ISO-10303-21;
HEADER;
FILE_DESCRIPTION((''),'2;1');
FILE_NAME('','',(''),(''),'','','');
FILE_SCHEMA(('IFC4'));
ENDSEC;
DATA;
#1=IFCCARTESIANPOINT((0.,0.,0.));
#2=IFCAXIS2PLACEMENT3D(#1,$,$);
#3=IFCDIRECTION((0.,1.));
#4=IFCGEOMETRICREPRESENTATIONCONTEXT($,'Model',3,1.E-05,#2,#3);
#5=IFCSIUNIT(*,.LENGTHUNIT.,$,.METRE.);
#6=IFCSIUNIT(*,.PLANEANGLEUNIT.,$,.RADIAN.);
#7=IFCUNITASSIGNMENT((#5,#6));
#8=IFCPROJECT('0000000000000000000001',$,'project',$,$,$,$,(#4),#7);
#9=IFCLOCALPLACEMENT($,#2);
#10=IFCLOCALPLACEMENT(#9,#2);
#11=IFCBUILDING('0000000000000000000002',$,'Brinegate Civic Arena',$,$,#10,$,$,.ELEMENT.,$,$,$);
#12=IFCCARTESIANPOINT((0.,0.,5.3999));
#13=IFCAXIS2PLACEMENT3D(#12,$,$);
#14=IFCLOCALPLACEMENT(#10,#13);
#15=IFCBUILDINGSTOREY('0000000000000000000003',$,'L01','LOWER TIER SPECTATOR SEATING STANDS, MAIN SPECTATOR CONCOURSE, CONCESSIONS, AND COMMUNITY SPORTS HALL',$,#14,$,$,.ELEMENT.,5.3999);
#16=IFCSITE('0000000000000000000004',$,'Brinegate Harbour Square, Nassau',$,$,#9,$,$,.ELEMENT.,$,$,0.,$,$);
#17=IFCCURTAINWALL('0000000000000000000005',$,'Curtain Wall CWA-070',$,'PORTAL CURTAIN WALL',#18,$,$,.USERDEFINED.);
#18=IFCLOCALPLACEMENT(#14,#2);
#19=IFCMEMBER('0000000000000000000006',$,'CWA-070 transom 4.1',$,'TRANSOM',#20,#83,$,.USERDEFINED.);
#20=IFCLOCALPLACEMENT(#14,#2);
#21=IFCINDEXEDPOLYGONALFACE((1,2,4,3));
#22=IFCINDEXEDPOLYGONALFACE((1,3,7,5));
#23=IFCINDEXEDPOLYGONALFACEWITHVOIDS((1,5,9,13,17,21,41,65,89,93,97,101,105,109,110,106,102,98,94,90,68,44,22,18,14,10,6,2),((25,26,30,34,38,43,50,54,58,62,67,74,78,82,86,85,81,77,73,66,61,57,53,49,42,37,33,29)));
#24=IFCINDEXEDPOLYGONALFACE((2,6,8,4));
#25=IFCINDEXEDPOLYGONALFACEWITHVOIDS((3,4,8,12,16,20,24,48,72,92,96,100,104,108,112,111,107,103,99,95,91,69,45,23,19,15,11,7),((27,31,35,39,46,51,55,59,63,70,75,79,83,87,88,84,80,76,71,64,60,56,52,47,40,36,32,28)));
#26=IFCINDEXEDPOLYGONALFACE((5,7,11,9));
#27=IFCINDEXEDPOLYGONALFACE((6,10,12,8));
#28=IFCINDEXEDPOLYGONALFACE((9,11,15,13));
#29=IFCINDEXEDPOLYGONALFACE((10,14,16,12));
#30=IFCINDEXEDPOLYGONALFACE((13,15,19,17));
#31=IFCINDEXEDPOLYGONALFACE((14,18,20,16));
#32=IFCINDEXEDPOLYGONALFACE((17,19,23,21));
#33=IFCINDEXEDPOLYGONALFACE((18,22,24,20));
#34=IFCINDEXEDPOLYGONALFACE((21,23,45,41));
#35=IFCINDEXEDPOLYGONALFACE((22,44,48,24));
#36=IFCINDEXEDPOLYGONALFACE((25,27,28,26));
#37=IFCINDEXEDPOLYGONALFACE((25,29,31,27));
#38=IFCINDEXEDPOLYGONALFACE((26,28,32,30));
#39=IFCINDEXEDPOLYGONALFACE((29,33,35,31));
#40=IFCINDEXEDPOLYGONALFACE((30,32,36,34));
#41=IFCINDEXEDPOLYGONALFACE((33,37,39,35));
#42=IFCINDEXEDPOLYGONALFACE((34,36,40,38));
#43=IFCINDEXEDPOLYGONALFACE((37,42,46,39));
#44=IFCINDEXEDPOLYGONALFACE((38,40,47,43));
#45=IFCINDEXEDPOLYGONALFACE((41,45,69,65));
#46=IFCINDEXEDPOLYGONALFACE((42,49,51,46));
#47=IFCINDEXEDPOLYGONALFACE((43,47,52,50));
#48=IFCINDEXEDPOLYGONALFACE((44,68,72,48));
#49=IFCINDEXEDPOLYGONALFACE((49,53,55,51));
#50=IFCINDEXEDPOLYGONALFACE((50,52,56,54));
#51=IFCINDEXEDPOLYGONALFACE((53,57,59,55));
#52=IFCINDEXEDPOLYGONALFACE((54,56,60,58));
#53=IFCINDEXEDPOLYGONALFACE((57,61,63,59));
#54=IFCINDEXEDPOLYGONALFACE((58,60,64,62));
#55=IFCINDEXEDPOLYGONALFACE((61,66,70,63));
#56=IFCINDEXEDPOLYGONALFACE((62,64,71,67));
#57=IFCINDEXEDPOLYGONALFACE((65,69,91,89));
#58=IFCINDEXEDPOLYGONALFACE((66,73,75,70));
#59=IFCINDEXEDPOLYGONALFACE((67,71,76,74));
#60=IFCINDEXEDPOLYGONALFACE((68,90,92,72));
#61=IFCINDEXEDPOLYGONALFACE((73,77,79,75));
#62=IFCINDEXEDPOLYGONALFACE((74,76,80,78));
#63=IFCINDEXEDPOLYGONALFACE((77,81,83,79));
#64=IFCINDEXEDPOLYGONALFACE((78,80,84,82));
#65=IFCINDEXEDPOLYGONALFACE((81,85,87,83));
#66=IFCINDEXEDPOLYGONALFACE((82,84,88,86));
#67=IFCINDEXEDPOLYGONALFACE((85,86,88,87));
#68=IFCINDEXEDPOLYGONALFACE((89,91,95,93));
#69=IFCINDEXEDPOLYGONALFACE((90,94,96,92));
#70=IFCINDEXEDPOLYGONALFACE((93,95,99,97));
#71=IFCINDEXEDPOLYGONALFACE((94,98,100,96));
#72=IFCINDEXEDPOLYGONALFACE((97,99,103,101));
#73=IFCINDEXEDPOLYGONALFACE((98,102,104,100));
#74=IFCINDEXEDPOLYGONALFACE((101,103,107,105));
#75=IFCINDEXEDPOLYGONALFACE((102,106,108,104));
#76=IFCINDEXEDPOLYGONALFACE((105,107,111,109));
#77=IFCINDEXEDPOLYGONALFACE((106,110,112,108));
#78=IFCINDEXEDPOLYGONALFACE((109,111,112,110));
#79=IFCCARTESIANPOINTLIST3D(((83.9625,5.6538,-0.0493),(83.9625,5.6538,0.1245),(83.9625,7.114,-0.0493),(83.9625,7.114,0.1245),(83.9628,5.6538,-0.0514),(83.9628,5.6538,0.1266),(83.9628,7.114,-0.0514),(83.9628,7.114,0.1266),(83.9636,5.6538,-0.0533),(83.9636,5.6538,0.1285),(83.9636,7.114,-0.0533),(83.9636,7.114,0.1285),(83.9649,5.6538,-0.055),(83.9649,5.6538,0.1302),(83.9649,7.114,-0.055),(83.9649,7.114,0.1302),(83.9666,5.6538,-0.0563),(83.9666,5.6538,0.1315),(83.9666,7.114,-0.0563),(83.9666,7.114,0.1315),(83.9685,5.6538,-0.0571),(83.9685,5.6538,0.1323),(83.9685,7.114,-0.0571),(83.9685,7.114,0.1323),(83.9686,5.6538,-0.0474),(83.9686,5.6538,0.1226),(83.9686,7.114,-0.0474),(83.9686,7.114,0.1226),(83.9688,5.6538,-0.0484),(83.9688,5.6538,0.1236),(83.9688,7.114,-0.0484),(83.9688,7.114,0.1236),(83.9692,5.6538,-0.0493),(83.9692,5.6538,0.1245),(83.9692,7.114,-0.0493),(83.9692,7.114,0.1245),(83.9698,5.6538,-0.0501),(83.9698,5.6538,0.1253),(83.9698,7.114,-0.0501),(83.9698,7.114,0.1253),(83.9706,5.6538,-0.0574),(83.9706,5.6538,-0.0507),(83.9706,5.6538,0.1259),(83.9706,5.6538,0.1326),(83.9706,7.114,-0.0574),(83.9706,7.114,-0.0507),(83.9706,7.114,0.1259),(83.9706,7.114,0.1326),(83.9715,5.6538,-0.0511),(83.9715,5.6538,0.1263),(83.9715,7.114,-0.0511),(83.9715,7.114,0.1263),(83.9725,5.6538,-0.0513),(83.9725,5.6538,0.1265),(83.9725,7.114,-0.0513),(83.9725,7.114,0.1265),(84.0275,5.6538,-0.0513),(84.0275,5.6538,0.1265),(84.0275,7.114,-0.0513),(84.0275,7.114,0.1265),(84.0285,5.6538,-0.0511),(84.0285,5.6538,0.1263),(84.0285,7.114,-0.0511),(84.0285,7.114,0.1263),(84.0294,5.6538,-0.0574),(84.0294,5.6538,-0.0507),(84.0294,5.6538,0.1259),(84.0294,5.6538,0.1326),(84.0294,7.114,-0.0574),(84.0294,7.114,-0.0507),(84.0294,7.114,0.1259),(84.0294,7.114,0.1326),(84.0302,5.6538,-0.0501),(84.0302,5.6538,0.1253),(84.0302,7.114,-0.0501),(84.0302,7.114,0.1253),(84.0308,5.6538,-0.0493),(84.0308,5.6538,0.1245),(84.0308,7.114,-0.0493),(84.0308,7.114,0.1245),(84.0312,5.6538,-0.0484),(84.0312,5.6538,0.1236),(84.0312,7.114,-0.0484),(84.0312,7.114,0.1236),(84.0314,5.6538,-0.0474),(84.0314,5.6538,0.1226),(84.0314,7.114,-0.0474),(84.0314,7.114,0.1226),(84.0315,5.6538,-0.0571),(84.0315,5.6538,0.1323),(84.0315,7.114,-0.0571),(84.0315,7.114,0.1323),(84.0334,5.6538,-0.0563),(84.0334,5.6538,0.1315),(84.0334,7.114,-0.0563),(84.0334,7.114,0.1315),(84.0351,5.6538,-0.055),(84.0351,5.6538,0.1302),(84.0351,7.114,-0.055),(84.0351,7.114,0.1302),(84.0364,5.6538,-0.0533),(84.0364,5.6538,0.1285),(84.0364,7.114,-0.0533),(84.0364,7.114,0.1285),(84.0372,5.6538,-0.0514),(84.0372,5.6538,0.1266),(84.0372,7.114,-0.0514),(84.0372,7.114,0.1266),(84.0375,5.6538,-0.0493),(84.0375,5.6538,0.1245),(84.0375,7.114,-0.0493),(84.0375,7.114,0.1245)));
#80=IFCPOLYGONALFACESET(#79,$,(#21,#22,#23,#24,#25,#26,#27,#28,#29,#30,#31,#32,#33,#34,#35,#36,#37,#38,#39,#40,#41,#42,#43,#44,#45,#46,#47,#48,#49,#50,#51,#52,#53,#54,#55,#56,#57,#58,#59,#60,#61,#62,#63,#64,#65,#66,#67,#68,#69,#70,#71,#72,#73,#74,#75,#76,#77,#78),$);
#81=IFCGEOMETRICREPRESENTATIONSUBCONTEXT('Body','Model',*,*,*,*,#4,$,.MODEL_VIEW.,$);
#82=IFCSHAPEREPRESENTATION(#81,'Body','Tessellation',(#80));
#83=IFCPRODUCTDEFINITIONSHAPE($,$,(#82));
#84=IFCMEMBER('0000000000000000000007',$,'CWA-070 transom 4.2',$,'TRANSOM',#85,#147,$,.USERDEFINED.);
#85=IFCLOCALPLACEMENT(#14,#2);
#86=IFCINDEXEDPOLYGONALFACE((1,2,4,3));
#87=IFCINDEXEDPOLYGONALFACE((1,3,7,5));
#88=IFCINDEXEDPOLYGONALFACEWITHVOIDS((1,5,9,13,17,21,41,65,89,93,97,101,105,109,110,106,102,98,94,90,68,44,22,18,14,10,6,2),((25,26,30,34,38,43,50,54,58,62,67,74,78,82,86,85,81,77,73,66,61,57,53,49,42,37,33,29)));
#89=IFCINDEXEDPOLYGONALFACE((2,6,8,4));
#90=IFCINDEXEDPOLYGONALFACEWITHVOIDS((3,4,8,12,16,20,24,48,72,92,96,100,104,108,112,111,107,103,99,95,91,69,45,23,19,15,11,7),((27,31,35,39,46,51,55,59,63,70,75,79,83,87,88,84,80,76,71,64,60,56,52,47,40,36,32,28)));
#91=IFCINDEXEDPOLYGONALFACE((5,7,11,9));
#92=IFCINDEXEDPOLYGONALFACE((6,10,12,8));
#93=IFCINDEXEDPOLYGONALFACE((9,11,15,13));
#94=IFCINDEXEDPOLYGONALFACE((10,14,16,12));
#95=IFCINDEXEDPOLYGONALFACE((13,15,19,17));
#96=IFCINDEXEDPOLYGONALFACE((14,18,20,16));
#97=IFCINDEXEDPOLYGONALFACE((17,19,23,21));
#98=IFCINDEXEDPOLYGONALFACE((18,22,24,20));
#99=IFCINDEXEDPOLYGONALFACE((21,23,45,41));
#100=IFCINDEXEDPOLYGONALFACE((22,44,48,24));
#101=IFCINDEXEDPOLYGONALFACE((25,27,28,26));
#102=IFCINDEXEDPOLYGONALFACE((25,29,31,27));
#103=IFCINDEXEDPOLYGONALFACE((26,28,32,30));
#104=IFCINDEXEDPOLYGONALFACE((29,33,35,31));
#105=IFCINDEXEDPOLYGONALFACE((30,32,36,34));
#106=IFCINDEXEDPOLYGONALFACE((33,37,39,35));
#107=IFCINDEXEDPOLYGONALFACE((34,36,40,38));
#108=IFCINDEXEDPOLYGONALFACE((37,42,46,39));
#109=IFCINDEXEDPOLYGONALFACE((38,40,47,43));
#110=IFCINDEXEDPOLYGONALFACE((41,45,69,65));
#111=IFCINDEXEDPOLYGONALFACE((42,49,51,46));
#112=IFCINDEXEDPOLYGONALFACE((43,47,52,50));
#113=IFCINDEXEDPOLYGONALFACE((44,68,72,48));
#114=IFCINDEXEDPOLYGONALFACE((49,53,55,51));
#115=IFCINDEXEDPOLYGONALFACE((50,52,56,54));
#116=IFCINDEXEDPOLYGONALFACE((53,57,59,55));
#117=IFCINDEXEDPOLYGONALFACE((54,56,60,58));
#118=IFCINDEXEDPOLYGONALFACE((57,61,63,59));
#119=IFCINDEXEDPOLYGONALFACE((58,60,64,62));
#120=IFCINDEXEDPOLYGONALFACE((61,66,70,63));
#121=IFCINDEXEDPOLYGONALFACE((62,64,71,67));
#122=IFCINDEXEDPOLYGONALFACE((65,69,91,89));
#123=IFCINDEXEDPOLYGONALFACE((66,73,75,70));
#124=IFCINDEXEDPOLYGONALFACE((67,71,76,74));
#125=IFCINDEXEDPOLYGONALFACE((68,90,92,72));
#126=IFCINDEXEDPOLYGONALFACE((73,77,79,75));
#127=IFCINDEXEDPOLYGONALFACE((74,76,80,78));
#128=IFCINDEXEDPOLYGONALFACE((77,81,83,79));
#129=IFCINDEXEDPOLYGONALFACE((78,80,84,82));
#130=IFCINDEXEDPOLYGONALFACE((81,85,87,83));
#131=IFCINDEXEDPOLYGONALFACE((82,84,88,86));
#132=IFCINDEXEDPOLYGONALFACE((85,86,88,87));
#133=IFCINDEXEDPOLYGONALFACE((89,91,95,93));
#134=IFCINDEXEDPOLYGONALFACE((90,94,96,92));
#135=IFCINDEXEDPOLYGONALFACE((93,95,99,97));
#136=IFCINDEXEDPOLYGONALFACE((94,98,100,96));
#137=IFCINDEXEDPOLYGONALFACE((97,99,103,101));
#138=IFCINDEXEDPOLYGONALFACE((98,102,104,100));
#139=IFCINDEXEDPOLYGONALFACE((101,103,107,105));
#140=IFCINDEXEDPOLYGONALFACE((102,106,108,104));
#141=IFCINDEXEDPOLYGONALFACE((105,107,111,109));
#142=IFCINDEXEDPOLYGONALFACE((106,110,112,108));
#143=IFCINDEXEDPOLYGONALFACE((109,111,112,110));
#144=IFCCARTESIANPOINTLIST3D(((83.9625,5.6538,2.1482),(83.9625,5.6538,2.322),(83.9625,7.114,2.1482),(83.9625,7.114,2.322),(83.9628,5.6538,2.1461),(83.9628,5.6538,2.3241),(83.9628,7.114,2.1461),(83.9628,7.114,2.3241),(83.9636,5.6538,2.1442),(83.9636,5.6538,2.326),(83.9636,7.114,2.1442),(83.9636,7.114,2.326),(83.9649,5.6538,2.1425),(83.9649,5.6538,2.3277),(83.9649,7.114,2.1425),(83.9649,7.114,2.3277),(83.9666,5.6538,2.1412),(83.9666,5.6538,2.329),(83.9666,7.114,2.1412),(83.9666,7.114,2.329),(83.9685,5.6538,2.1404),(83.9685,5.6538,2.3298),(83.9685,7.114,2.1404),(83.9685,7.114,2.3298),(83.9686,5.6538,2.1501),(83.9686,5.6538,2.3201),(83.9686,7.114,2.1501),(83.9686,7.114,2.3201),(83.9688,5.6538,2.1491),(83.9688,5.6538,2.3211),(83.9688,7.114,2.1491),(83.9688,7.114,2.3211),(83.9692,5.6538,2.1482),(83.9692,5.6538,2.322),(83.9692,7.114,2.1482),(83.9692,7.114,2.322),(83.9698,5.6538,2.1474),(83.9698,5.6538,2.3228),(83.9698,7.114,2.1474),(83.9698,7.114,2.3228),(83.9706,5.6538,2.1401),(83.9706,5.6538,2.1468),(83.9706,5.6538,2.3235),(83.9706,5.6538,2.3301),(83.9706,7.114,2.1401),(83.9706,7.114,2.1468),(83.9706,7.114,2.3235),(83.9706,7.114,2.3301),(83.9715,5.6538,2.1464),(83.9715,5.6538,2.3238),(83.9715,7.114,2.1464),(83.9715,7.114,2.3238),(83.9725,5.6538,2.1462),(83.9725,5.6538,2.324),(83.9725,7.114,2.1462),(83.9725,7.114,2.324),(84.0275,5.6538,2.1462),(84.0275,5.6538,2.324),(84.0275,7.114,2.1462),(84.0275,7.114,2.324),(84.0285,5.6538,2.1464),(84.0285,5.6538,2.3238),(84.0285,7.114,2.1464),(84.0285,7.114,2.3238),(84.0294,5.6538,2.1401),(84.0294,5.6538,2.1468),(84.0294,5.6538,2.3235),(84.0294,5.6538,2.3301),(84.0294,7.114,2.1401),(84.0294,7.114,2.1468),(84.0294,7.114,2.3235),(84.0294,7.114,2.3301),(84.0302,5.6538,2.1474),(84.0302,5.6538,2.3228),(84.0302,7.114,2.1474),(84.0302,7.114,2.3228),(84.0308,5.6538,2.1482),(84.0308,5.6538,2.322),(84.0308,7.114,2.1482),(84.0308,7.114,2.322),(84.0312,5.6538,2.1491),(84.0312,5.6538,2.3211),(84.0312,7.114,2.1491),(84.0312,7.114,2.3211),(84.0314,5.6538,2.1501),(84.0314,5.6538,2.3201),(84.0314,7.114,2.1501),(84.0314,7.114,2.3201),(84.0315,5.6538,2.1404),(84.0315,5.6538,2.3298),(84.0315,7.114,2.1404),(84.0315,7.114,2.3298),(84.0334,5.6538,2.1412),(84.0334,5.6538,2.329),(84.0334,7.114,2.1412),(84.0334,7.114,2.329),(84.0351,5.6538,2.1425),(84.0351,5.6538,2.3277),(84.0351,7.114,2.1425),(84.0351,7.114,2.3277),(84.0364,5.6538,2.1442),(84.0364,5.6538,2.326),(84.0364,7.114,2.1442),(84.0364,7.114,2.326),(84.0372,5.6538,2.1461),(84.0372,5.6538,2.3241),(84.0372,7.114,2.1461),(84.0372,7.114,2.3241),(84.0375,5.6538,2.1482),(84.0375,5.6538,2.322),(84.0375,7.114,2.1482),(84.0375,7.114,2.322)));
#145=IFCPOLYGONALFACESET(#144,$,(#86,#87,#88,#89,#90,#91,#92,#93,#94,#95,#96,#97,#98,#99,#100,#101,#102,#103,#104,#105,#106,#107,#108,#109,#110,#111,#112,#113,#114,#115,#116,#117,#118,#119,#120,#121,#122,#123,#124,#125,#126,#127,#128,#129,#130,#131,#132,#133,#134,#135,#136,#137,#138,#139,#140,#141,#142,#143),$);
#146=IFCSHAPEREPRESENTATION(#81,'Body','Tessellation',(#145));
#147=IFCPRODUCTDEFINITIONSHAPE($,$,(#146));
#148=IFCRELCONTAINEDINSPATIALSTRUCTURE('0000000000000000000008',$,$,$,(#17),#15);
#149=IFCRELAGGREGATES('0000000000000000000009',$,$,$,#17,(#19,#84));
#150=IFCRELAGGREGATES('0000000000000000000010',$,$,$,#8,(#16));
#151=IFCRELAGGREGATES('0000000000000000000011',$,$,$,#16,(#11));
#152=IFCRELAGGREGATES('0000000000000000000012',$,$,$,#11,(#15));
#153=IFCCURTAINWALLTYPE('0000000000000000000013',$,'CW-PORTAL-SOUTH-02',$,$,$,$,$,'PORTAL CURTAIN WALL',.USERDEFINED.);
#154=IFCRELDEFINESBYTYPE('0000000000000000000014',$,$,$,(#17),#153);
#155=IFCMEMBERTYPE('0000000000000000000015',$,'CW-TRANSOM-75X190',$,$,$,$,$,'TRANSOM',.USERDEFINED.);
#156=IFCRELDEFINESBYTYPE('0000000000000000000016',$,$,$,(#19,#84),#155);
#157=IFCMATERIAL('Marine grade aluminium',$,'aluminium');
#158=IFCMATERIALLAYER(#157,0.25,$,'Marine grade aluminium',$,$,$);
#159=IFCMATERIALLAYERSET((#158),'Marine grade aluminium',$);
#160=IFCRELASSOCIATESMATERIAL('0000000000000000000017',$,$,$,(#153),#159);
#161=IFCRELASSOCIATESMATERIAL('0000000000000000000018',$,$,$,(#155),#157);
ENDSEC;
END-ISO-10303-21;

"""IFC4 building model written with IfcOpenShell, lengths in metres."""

from ifc_helpers import new_model, si_unit, direction, frame, origin, origin_2d, place, context, subcontext, project, spatial, hollow_rectangle, extrude, material, layer, layer_set, material_profile, profile_set, type_object, element, aggregate, save


model = new_model("IFC4")

# Units and contexts
model_context = context("Model", 3, precision=1e-05, world=origin(), true_north=direction((0.0, 1.0)))
body_context = subcontext(model_context, "Body", "Model", "MODEL_VIEW")
ifc_project = project(units=[si_unit("LENGTHUNIT", "METRE"), si_unit("PLANEANGLEUNIT", "RADIAN")], contexts=[model_context])

# Site, building, storey
site_placement = place(None, origin())
site = spatial("IfcSite", under=ifc_project, at=site_placement, Name="Brinegate Harbour Square, Nassau", CompositionType="ELEMENT", RefElevation=0.0)
building_placement = place(site_placement, origin())
building = spatial("IfcBuilding", under=site, at=building_placement, Name="Brinegate Civic Arena", CompositionType="ELEMENT")
storey_placement = place(building_placement, frame((0.0, 0.0, 5.3999)))
storey = spatial("IfcBuildingStorey", under=building, at=storey_placement, Name="L01", Description="LOWER TIER SPECTATOR SEATING STANDS, MAIN SPECTATOR CONCOURSE, CONCESSIONS, AND COMMUNITY SPORTS HALL", CompositionType="ELEMENT", Elevation=5.3999)

# Curtain wall
ifc_material_1 = material(Name="Marine grade aluminium", Category="aluminium")
ifc_layer_1 = layer(ifc_material_1, 0.25, Name="Marine grade aluminium")
ifc_layer_set_1 = layer_set([ifc_layer_1], Name="Marine grade aluminium")
curtain_wall_type = type_object("IfcCurtainWallType", Name="CW-PORTAL-SOUTH-02", ElementType="PORTAL CURTAIN WALL", PredefinedType="USERDEFINED", material=ifc_layer_set_1)
curtain_wall_1_placement = place(storey_placement, origin())
curtain_wall_1 = element("IfcCurtainWall", 1, at=curtain_wall_1_placement, inside=storey, type_object=curtain_wall_type, Name="Curtain Wall CWA-070", ObjectType="PORTAL CURTAIN WALL", PredefinedType="USERDEFINED")
ifc_material_profile_1 = material_profile(ifc_material_1, hollow_rectangle(XDim=0.075, YDim=0.1899, WallThickness=0.0061, InnerFilletRadius=0.0039, OuterFilletRadius=0.0081, at=origin_2d()), Name="TRN75X190")
ifc_profile_set_1 = profile_set([ifc_material_profile_1], Name="Marine grade aluminium")
member_type_1 = type_object("IfcMemberType", Name="CW-TRANSOM-75X190", ElementType="TRANSOM", PredefinedType="USERDEFINED", material=ifc_profile_set_1)

# Members
member_1_placement = place(storey_placement, frame((84.0, 5.6538, 0.0376), z_axis=(0.0, 1.0, 0.0), x_axis=(-1.0, 0.0, 0.0)))
member_1 = element("IfcMember", 2, at=member_1_placement, type_object=member_type_1, Name="CWA-070 transom 4.1", ObjectType="TRANSOM", PredefinedType="USERDEFINED", context=body_context, shape_type="SweptSolid", body=[
    extrude(hollow_rectangle(XDim=0.075, YDim=0.1899, WallThickness=0.0061, InnerFilletRadius=0.0039, OuterFilletRadius=0.0081, at=origin_2d()), origin(), (0.0, 0.0, 1.0), 1.4602),
])
member_2_placement = place(storey_placement, frame((84.0, 5.6538, 2.2351), z_axis=(0.0, 1.0, 0.0), x_axis=(-1.0, 0.0, 0.0)))
member_2 = element("IfcMember", 3, at=member_2_placement, type_object=member_type_1, Name="CWA-070 transom 4.2", ObjectType="TRANSOM", PredefinedType="USERDEFINED", context=body_context, shape_type="SweptSolid", body=[
    extrude(hollow_rectangle(XDim=0.075, YDim=0.1899, WallThickness=0.0061, InnerFilletRadius=0.0039, OuterFilletRadius=0.0081, at=origin_2d()), origin(), (0.0, 0.0, 1.0), 1.4602),
])

aggregate(curtain_wall_1, [member_1, member_2])

save(model, "model.ifc")
